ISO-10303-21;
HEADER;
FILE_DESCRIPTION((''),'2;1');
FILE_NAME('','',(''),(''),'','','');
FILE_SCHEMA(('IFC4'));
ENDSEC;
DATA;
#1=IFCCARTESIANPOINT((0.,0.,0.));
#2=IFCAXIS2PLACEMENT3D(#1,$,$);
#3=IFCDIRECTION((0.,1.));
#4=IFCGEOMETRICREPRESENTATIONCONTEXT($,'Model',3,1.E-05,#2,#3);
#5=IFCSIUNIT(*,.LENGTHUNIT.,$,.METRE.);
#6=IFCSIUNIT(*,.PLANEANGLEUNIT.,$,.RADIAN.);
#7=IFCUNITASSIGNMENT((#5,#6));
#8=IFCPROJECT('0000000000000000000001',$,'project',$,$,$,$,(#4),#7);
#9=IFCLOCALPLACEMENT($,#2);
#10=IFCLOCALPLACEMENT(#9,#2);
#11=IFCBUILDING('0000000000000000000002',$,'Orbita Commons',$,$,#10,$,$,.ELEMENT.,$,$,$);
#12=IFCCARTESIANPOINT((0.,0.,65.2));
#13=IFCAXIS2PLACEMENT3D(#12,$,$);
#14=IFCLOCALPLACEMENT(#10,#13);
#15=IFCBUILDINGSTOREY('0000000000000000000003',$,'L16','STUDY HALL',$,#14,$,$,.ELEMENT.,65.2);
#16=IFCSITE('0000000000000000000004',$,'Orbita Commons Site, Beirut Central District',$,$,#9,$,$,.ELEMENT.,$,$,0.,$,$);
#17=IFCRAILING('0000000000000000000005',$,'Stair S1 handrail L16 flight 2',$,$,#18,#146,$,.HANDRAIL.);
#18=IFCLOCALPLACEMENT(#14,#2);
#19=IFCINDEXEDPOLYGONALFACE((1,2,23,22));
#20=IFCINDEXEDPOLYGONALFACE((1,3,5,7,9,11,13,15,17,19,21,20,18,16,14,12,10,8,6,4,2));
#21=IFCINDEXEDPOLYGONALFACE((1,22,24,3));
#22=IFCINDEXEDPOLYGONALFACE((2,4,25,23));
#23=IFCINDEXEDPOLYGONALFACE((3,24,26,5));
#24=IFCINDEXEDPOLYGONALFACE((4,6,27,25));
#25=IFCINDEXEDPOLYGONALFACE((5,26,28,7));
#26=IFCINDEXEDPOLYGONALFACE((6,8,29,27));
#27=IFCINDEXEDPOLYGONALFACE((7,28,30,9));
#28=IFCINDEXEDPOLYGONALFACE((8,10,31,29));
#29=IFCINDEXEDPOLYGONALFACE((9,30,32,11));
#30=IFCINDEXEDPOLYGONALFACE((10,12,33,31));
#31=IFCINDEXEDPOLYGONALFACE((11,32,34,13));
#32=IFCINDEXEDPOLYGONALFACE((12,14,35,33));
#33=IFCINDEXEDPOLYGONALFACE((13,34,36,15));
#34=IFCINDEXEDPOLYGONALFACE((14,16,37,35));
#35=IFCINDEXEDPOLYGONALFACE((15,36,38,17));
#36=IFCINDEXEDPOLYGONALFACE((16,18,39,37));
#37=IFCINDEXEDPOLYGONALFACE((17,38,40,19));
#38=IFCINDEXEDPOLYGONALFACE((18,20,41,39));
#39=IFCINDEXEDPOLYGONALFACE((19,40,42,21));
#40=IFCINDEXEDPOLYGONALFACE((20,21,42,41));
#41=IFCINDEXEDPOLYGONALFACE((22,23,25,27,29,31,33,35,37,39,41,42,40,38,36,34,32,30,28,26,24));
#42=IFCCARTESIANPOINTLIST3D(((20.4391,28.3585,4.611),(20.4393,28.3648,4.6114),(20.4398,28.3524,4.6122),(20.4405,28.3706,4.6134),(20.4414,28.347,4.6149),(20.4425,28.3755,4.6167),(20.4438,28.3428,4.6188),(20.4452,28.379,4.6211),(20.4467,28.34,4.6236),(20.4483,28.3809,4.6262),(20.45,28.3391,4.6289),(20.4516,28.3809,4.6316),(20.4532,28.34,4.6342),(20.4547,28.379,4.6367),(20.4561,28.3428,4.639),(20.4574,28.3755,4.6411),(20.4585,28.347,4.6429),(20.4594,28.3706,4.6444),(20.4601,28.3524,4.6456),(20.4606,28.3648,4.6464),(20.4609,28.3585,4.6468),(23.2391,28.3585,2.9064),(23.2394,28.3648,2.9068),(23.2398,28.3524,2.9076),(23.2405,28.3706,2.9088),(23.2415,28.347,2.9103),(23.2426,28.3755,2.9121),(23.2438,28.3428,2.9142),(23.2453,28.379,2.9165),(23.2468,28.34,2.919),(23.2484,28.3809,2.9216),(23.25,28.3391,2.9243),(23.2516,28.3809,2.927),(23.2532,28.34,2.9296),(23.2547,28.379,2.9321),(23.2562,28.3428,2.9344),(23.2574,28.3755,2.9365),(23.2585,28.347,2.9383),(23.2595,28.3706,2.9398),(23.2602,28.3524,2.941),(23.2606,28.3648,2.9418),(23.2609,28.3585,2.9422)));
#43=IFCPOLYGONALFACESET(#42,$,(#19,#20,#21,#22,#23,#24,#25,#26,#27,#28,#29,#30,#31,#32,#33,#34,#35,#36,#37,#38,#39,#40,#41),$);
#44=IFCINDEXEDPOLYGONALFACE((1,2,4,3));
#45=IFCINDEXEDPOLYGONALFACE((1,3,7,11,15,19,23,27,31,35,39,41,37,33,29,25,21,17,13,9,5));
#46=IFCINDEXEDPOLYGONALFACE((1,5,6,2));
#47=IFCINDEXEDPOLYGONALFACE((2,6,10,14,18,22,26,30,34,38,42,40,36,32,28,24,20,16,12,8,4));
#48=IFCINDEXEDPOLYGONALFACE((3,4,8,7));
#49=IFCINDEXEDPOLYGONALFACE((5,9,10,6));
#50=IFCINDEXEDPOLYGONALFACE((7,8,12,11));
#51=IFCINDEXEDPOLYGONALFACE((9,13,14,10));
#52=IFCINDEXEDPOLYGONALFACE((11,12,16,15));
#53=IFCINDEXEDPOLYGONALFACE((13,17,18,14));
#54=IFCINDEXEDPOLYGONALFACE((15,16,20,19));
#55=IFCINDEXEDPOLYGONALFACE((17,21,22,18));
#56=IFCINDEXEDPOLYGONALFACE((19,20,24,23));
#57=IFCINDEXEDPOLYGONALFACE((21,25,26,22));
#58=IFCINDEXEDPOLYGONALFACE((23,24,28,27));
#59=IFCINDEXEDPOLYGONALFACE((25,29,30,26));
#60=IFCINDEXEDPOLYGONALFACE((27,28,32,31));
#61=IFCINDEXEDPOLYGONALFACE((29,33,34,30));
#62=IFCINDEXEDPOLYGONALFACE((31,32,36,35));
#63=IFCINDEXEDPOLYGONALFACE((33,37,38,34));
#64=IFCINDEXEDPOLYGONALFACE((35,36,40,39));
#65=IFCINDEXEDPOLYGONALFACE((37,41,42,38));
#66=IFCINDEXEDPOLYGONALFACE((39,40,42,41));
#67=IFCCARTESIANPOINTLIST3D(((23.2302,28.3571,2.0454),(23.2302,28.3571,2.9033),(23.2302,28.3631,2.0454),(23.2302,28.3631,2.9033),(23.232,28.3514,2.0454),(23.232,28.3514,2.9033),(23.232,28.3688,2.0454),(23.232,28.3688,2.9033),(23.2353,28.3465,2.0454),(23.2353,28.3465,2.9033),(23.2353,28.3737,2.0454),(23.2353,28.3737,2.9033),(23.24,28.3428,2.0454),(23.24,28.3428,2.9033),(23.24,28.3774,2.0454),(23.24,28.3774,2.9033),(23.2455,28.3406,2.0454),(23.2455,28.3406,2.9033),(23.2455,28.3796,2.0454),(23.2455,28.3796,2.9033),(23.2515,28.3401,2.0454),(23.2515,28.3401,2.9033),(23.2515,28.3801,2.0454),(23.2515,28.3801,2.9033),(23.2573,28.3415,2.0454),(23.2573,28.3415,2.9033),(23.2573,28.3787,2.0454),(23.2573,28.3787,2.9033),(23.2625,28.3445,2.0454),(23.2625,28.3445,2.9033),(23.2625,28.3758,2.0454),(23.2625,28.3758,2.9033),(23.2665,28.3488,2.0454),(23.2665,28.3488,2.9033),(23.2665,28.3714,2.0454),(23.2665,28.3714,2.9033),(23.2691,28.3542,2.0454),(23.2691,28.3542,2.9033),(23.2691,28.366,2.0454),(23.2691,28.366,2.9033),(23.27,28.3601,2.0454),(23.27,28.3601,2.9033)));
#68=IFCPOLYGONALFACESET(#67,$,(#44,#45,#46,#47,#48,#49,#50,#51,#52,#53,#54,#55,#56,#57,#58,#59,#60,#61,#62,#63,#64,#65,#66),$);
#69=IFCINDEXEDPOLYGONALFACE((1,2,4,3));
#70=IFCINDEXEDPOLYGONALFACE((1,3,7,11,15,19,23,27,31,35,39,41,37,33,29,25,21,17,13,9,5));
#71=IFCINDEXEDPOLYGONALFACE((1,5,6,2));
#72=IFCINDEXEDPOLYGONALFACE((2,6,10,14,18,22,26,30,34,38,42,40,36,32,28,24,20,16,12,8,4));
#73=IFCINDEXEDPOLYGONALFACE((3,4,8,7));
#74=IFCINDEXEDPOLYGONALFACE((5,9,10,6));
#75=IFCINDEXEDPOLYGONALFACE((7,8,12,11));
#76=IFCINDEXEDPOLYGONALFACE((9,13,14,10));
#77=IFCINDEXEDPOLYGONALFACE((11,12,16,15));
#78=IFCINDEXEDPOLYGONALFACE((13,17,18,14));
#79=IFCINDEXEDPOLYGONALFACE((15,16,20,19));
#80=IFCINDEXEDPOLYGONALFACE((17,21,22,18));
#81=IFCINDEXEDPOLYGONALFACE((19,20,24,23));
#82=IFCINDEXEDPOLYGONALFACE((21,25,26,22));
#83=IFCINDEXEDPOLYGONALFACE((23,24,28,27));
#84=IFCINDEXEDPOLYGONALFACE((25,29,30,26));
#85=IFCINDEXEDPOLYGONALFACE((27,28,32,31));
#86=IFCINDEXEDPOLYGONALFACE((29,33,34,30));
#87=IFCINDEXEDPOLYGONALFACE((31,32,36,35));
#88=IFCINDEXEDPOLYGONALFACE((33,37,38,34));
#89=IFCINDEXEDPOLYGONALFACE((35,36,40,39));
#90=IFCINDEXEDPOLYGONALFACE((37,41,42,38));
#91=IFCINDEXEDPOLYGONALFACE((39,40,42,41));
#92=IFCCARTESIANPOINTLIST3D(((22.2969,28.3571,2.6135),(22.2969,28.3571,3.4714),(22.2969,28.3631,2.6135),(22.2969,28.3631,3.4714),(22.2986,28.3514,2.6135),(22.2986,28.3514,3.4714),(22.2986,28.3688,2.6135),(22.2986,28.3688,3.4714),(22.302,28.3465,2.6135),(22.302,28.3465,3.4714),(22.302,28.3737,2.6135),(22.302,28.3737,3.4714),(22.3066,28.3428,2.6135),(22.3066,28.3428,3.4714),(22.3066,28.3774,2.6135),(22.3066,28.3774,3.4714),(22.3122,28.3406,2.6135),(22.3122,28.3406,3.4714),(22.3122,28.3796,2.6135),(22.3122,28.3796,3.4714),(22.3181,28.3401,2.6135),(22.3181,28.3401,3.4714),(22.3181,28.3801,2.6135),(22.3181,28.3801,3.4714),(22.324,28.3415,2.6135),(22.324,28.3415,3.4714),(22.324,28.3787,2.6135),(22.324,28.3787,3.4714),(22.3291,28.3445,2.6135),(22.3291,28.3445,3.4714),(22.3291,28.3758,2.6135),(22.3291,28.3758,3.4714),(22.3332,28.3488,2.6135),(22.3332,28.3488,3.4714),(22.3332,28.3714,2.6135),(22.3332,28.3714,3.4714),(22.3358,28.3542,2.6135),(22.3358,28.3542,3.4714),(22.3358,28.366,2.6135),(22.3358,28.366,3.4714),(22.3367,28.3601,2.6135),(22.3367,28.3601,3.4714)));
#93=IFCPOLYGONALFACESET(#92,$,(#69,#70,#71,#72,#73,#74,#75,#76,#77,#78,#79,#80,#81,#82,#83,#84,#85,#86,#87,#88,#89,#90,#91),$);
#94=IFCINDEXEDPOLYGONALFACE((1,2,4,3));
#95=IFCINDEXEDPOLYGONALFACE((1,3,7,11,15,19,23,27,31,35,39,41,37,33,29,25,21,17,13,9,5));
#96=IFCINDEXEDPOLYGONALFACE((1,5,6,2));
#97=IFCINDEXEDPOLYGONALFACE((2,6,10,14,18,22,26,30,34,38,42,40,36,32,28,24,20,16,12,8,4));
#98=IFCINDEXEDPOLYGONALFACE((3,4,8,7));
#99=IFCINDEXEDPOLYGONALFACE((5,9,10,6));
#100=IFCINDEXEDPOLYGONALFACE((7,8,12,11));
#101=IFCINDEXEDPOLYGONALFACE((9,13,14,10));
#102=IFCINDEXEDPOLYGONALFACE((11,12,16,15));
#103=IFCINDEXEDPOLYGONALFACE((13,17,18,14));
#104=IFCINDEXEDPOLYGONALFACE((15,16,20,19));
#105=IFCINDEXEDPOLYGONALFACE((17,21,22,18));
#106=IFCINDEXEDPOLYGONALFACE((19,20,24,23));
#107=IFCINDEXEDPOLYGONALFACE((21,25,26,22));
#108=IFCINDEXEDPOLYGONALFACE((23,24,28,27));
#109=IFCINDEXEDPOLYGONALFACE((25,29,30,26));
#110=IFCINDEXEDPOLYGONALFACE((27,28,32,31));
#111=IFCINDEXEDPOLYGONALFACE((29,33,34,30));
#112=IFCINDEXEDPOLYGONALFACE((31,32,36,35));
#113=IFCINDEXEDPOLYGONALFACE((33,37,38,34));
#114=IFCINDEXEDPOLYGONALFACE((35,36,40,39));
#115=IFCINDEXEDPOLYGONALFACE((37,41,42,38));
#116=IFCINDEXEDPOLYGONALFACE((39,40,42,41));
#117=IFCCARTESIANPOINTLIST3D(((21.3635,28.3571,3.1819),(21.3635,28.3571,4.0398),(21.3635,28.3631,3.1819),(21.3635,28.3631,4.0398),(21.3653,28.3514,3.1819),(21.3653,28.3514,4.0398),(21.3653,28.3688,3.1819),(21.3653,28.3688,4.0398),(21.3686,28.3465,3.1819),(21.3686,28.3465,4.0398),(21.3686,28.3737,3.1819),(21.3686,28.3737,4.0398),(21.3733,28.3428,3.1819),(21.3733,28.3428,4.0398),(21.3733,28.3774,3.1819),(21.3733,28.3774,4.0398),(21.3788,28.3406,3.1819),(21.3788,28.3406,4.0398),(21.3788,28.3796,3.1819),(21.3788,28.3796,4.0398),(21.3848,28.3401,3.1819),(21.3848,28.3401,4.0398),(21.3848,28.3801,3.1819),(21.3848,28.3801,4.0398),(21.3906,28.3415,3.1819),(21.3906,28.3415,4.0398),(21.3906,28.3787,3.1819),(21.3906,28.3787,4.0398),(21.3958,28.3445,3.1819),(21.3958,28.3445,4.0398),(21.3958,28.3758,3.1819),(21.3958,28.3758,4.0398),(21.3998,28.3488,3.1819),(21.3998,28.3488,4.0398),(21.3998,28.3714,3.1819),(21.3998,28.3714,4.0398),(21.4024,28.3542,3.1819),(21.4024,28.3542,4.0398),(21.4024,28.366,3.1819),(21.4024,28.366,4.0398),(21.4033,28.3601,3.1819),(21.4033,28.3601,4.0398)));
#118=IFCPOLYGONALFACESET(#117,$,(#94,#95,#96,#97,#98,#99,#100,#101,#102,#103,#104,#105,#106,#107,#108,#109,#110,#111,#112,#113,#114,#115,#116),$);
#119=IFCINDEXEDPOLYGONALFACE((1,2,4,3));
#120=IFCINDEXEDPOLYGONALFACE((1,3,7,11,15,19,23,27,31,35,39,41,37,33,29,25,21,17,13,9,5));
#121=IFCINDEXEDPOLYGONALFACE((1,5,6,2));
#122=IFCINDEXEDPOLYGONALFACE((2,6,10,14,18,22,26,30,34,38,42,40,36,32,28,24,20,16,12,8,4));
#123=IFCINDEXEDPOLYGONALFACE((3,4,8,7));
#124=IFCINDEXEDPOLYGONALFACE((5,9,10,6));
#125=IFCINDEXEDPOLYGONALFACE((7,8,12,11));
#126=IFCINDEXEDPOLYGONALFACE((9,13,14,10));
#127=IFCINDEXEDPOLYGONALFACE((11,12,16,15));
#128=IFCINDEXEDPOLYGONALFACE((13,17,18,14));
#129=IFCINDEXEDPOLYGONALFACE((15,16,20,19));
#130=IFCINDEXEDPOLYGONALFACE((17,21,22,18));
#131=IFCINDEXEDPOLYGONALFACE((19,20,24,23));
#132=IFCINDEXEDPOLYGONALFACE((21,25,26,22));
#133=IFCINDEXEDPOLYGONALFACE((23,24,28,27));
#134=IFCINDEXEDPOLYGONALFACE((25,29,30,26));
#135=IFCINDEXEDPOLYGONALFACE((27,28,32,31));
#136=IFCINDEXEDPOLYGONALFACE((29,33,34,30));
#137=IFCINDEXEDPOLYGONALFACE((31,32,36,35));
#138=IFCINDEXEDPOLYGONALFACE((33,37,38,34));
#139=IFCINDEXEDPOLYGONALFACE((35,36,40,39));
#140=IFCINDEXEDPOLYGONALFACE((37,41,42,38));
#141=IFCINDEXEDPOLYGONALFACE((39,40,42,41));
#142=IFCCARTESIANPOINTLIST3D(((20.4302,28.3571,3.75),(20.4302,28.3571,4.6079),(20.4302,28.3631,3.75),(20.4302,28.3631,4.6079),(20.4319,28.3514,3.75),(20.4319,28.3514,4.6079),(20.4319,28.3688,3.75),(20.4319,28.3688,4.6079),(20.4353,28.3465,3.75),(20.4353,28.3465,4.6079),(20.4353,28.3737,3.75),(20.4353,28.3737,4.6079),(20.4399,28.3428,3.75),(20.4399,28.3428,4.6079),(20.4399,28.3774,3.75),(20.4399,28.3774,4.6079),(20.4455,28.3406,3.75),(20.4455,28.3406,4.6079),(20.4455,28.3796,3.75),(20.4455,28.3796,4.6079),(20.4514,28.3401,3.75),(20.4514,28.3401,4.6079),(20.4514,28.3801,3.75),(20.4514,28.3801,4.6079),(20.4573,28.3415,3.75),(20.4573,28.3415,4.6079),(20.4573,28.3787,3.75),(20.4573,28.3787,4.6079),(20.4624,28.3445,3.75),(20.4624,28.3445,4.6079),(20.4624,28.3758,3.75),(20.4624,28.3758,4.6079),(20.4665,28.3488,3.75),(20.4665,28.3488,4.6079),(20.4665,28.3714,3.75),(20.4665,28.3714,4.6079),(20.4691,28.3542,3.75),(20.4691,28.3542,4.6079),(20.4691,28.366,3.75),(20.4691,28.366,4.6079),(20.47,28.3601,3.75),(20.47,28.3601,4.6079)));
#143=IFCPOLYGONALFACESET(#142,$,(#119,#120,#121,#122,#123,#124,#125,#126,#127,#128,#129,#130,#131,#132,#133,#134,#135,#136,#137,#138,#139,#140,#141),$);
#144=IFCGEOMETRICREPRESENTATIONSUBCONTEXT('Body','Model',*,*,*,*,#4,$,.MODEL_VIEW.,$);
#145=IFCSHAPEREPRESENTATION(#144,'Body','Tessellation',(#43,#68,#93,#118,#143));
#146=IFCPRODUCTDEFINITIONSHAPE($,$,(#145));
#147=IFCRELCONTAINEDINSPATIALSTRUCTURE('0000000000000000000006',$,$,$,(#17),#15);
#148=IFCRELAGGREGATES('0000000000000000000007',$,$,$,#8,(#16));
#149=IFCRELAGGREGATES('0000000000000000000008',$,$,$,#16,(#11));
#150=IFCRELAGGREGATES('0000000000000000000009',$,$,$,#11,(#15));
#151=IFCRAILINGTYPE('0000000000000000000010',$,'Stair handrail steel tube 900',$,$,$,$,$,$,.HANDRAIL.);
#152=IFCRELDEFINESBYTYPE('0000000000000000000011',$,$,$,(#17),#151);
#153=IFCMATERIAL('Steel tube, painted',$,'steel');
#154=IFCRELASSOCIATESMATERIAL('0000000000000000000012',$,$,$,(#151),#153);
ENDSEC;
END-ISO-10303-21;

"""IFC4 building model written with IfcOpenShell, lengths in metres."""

from ifc_helpers import new_model, si_unit, direction, frame, origin, origin_2d, place, context, subcontext, project, spatial, circle, extrude, material, type_object, element, save


model = new_model("IFC4")

# Units and contexts
model_context = context("Model", 3, precision=1e-05, world=origin(), true_north=direction((0.0, 1.0)))
body_context = subcontext(model_context, "Body", "Model", "MODEL_VIEW")
ifc_project = project(units=[si_unit("LENGTHUNIT", "METRE"), si_unit("PLANEANGLEUNIT", "RADIAN")], contexts=[model_context])

# Site, building, storey
site_placement = place(None, origin())
site = spatial("IfcSite", under=ifc_project, at=site_placement, Name="Orbita Commons Site, Beirut Central District", CompositionType="ELEMENT", RefElevation=0.0)
building_placement = place(site_placement, origin())
building = spatial("IfcBuilding", under=site, at=building_placement, Name="Orbita Commons", CompositionType="ELEMENT")
storey_placement = place(building_placement, frame((0.0, 0.0, 65.2)))
storey = spatial("IfcBuildingStorey", under=building, at=storey_placement, Name="L16", Description="STUDY HALL", CompositionType="ELEMENT", Elevation=65.2)

# Railing
ifc_material_1 = material(Name="Steel tube, painted", Category="steel")
railing_type = type_object("IfcRailingType", Name="Stair handrail steel tube 900", PredefinedType="HANDRAIL", material=ifc_material_1)
railing_placement = place(storey_placement, frame((23.25, 28.3601, 2.0454)))
element("IfcRailing", 1, at=railing_placement, inside=storey, type_object=railing_type, Name="Stair S1 handrail L16 flight 2", PredefinedType="HANDRAIL", context=body_context, shape_type="SweptSolid", body=[
    extrude(circle(Radius=0.021, at=origin_2d()), frame((0.0, 0.0, 0.8789), z_axis=(-0.85417, 0.0, 0.519994), x_axis=(0.0, -1.0, 0.0)), (0.0, 0.0, 1.0), 3.2781),
    extrude(circle(Radius=0.02, at=origin_2d()), origin(), (0.0, 0.0, 1.0), 0.8579),
    extrude(circle(Radius=0.02, at=origin_2d()), frame((-0.9333, 0.0, 0.5681)), (0.0, 0.0, 1.0), 0.8579),
    extrude(circle(Radius=0.02, at=origin_2d()), frame((-1.8667, 0.0, 1.1365)), (0.0, 0.0, 1.0), 0.8579),
    extrude(circle(Radius=0.02, at=origin_2d()), frame((-2.8, 0.0, 1.7046)), (0.0, 0.0, 1.0), 0.8579),
])

save(model, "model.ifc")
